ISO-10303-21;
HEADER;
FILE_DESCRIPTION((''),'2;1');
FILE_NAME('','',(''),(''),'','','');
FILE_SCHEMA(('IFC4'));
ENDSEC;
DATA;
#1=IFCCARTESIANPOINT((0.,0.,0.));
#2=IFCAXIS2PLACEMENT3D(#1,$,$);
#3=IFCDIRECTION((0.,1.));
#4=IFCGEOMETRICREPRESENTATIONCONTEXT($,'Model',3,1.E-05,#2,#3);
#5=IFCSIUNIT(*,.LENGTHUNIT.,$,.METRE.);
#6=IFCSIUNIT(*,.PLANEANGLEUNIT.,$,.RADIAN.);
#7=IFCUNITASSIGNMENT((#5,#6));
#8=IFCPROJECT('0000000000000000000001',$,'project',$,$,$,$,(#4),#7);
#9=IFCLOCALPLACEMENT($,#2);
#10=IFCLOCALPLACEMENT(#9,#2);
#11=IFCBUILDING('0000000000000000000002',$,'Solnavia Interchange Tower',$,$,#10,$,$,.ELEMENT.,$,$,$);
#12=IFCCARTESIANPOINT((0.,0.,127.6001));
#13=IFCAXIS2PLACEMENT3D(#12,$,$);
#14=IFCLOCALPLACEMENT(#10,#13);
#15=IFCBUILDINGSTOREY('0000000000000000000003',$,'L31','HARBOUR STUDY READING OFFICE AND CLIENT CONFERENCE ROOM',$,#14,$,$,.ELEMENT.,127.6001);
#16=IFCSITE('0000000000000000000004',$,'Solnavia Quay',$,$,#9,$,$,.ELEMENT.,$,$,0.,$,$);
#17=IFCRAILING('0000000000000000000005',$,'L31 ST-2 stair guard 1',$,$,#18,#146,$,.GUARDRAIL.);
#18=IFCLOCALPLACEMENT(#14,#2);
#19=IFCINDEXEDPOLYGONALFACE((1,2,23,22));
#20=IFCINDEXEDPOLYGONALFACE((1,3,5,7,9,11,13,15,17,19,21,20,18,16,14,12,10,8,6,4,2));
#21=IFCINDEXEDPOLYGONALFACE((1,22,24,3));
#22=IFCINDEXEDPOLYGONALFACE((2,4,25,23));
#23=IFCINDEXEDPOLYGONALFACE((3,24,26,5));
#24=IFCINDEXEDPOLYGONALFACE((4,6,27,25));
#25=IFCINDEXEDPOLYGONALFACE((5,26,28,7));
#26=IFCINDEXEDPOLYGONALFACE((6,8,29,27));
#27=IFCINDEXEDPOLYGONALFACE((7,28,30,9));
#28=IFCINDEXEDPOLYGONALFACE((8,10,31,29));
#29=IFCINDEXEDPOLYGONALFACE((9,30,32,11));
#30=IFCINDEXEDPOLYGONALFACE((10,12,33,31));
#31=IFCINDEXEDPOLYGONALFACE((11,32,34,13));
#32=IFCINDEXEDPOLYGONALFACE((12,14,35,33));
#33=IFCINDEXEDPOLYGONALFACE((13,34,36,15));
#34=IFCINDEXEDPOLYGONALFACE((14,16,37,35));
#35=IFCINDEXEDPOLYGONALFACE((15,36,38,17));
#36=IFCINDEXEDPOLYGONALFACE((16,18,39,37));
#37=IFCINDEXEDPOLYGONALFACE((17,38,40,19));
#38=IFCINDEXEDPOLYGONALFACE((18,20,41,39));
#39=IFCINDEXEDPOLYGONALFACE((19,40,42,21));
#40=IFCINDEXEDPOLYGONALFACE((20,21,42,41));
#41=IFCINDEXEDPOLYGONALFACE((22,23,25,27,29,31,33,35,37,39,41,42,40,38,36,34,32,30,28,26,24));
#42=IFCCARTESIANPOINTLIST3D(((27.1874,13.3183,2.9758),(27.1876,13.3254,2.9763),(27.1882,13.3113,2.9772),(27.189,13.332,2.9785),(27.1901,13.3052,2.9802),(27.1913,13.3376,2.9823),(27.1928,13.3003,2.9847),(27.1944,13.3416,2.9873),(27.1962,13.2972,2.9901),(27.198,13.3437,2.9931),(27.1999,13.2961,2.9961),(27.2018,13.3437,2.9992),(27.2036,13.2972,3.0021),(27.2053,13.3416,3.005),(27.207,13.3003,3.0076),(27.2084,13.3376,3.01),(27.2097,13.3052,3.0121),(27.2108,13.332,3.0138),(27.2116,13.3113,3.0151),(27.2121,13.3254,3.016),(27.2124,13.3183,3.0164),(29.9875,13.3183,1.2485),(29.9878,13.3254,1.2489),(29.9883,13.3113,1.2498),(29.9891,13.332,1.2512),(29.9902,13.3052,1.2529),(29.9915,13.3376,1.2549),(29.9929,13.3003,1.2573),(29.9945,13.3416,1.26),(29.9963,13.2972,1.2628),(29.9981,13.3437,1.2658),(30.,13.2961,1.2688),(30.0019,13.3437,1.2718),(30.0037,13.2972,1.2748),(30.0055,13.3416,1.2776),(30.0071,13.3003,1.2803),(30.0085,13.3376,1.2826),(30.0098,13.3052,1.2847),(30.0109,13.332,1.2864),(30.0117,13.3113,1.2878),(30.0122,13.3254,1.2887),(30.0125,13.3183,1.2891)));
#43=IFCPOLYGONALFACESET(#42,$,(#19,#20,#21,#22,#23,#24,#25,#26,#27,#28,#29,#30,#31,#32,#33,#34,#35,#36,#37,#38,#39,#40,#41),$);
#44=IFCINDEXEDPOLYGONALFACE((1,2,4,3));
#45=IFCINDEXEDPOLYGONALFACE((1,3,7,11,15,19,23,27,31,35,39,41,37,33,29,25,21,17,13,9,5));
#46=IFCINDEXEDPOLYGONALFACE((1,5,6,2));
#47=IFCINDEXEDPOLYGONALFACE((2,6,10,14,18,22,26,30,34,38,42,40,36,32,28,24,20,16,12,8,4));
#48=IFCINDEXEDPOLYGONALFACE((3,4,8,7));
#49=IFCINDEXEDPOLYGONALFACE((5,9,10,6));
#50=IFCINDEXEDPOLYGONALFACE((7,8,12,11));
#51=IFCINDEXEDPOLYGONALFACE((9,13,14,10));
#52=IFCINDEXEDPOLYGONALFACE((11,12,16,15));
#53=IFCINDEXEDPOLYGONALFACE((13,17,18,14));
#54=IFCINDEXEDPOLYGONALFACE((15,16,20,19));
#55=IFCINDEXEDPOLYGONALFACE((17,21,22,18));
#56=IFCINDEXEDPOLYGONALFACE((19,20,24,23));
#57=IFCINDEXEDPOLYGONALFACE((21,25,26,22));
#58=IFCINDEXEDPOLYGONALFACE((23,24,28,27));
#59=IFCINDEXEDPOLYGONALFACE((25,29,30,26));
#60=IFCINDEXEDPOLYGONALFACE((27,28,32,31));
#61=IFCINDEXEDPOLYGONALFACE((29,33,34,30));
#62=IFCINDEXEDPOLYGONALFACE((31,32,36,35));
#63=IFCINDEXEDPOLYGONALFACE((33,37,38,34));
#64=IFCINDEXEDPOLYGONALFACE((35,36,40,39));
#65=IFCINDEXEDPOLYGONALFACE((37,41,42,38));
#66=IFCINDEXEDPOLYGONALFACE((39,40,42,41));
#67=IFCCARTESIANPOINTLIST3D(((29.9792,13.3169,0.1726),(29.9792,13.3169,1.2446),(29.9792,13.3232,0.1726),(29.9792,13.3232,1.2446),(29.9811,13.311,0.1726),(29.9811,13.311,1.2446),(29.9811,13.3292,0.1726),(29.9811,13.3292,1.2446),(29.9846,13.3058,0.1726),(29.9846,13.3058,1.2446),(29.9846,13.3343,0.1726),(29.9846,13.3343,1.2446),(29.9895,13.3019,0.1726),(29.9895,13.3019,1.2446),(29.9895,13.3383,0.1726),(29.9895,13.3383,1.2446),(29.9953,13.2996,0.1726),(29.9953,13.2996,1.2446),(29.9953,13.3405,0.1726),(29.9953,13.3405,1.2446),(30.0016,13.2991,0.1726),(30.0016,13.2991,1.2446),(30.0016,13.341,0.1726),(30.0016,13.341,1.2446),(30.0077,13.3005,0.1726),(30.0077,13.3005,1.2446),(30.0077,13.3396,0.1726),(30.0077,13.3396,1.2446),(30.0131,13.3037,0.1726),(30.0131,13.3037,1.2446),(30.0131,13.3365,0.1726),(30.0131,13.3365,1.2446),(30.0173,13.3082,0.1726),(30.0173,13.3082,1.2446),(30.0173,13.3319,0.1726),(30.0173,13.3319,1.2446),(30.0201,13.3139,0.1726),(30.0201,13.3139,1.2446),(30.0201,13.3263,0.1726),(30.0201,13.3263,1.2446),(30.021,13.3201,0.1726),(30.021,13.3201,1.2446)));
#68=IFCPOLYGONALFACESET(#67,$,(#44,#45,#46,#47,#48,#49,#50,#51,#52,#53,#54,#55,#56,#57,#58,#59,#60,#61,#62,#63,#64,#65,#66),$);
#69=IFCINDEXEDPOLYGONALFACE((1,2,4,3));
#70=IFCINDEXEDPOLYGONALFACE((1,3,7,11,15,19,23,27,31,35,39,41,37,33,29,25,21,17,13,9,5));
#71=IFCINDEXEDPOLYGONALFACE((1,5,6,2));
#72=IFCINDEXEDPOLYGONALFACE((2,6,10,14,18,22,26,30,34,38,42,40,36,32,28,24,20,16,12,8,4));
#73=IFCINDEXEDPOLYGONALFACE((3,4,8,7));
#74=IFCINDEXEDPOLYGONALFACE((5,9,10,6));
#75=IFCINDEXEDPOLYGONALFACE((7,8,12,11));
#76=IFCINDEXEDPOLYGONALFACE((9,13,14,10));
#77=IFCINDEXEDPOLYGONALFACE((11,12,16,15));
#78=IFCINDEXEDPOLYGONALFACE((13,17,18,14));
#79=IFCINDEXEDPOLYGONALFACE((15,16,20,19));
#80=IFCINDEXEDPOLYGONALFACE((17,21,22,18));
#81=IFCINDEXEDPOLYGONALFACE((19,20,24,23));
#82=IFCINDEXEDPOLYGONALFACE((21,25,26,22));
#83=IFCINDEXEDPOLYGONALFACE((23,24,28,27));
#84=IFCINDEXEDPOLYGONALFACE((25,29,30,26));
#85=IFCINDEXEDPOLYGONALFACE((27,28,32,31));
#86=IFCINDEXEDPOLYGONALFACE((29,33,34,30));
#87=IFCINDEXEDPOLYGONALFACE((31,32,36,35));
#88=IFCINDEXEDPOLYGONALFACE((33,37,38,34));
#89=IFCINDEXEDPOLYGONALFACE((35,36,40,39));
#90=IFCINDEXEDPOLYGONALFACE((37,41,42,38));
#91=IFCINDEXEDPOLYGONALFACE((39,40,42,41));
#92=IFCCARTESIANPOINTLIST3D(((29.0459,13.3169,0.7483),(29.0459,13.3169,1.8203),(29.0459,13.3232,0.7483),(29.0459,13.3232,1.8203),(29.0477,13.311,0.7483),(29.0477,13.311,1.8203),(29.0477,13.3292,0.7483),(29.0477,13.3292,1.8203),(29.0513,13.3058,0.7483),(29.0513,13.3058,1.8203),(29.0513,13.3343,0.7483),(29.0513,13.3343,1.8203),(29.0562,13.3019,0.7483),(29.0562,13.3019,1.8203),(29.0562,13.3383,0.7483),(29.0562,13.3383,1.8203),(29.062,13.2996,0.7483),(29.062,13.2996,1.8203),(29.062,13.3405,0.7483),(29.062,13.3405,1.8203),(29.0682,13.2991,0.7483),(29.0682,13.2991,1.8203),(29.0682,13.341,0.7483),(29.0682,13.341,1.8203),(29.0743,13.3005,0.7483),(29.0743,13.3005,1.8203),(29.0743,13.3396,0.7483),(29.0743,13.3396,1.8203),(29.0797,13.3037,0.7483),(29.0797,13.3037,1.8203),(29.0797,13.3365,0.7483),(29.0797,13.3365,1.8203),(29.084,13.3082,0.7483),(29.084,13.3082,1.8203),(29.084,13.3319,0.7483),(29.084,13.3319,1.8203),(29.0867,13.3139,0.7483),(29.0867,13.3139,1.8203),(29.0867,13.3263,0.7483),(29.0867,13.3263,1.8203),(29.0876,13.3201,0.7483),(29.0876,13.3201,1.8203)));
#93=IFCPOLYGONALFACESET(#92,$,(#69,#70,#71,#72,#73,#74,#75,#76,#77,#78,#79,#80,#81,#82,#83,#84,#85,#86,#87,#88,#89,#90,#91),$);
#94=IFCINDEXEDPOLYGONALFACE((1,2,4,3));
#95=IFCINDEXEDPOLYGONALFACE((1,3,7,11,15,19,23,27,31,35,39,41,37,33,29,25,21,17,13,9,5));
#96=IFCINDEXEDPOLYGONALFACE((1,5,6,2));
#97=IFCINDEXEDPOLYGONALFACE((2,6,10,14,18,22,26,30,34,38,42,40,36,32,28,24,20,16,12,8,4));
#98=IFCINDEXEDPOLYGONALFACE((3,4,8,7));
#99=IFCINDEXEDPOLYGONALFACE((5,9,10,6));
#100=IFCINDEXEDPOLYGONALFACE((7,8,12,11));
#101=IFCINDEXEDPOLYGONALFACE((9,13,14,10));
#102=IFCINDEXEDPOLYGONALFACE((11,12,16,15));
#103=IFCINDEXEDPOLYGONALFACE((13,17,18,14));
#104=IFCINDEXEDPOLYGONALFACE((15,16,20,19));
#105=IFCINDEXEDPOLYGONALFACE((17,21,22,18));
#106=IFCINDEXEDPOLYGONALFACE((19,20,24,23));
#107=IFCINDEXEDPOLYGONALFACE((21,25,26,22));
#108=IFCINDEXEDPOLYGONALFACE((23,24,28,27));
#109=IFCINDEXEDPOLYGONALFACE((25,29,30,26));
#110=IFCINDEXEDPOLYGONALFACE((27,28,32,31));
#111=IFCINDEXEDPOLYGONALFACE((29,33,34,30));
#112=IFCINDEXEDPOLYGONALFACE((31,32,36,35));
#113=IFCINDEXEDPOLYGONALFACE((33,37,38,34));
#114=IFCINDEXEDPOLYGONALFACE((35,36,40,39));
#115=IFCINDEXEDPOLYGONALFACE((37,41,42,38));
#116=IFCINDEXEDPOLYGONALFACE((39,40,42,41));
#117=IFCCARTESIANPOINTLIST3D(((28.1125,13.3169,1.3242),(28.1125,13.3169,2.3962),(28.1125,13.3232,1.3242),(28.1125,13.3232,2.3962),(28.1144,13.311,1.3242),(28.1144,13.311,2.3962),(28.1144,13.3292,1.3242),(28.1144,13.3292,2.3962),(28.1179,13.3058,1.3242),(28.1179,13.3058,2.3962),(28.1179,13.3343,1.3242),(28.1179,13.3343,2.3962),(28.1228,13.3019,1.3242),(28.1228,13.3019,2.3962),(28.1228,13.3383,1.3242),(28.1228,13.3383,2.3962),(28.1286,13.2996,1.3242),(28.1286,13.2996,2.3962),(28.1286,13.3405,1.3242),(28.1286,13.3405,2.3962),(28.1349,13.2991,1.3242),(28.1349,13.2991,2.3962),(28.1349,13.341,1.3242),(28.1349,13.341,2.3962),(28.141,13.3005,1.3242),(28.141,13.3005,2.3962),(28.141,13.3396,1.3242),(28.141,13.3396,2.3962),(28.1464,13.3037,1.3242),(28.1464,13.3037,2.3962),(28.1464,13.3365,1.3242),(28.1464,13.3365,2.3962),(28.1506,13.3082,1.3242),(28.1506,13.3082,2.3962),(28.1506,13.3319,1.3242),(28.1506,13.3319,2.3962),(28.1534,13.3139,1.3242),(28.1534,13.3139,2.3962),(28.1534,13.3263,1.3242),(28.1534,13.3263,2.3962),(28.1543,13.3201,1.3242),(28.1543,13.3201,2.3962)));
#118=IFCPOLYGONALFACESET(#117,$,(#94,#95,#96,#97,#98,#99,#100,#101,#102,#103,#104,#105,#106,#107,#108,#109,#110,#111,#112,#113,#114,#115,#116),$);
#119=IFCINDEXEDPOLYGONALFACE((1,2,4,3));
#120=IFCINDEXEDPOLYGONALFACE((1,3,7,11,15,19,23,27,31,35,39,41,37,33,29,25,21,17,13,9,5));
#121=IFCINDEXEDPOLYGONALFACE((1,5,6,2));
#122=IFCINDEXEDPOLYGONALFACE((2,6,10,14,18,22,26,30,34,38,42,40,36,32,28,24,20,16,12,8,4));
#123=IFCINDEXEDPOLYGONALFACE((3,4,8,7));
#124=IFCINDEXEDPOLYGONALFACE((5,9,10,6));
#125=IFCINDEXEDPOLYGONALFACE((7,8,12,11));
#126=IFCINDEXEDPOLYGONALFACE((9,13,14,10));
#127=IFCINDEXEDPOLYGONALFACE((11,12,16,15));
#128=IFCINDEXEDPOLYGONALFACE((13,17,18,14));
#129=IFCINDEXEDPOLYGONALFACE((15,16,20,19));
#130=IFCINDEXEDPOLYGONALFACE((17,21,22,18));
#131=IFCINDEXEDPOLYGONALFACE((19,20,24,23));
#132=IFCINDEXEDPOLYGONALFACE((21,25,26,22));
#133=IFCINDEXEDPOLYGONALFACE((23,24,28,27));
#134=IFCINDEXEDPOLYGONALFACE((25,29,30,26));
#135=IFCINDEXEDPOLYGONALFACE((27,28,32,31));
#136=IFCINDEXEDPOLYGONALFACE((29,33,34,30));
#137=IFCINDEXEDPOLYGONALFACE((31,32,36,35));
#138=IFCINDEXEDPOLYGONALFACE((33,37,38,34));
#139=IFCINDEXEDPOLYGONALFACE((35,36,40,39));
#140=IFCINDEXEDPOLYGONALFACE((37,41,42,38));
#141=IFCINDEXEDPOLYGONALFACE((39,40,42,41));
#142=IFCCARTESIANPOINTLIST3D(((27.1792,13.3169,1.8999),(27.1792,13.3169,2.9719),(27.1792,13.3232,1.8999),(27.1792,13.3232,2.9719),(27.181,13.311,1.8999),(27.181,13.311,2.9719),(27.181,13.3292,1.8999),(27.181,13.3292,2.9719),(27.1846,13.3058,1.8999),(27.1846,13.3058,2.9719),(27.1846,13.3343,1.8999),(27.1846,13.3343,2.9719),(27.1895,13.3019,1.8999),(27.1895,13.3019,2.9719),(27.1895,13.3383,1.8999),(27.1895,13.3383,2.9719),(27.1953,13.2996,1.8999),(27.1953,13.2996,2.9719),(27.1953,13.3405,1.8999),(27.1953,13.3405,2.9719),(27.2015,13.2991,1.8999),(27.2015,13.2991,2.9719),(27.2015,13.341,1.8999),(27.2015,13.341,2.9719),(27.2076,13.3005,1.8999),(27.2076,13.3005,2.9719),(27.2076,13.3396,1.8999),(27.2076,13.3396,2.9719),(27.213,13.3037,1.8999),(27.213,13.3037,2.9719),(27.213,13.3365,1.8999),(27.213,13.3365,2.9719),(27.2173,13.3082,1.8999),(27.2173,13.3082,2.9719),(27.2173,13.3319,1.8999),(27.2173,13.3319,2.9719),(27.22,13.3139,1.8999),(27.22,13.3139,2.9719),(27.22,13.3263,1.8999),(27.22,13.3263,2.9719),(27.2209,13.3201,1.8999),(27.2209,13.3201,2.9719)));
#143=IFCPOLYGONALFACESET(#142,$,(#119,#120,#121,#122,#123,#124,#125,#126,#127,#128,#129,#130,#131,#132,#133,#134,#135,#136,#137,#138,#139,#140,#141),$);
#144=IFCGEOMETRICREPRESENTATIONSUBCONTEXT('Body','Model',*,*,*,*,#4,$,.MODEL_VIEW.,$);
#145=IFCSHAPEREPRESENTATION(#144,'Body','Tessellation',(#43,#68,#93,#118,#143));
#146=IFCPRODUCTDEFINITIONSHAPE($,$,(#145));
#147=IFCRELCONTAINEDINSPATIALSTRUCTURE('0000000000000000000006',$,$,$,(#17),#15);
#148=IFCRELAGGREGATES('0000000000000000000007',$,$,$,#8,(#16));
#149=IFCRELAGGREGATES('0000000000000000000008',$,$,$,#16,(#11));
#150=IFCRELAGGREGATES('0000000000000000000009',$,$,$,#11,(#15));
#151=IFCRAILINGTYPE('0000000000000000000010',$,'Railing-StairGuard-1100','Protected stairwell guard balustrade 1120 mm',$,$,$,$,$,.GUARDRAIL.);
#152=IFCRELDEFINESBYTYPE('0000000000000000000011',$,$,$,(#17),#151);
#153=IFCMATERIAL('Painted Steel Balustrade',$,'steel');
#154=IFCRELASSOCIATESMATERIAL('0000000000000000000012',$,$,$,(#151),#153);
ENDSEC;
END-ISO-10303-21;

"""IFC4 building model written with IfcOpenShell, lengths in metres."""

from ifc_helpers import new_model, si_unit, direction, frame, origin, origin_2d, place, context, subcontext, project, spatial, circle, extrude, material, type_object, element, save


model = new_model("IFC4")

# Units and contexts
model_context = context("Model", 3, precision=1e-05, world=origin(), true_north=direction((0.0, 1.0)))
body_context = subcontext(model_context, "Body", "Model", "MODEL_VIEW")
ifc_project = project(units=[si_unit("LENGTHUNIT", "METRE"), si_unit("PLANEANGLEUNIT", "RADIAN")], contexts=[model_context])

# Site, building, storey
site_placement = place(None, origin())
site = spatial("IfcSite", under=ifc_project, at=site_placement, Name="Solnavia Quay", CompositionType="ELEMENT", RefElevation=0.0)
building_placement = place(site_placement, origin())
building = spatial("IfcBuilding", under=site, at=building_placement, Name="Solnavia Interchange Tower", CompositionType="ELEMENT")
storey_placement = place(building_placement, frame((0.0, 0.0, 127.6001)))
storey = spatial("IfcBuildingStorey", under=building, at=storey_placement, Name="L31", Description="HARBOUR STUDY READING OFFICE AND CLIENT CONFERENCE ROOM", CompositionType="ELEMENT", Elevation=127.6001)

# Railing
ifc_material_1 = material(Name="Painted Steel Balustrade", Category="steel")
railing_type_1 = type_object("IfcRailingType", Name="Railing-StairGuard-1100", Description="Protected stairwell guard balustrade 1120 mm", PredefinedType="GUARDRAIL", material=ifc_material_1)
railing_1_placement = place(storey_placement, frame((30.0, 13.3201, 0.1726)))
element("IfcRailing", 1, at=railing_1_placement, inside=storey, type_object=railing_type_1, Name="L31 ST-2 stair guard 1", PredefinedType="GUARDRAIL", context=body_context, shape_type="SweptSolid", body=[
    extrude(circle(Radius=0.0239, at=origin_2d()), frame((0.0, 0.0, 1.0962), z_axis=(-0.85109, 0.0, 0.52502), x_axis=(0.0, -1.0, 0.0)), (0.0, 0.0, 1.0), 3.29),
    extrude(circle(Radius=0.021, at=origin_2d()), origin(), (0.0, 0.0, 1.0), 1.072),
    extrude(circle(Radius=0.021, at=origin_2d()), frame((-0.9333, 0.0, 0.5757)), (0.0, 0.0, 1.0), 1.072),
    extrude(circle(Radius=0.021, at=origin_2d()), frame((-1.8667, 0.0, 1.1516)), (0.0, 0.0, 1.0), 1.072),
    extrude(circle(Radius=0.021, at=origin_2d()), frame((-2.8, 0.0, 1.7273)), (0.0, 0.0, 1.0), 1.072),
])

save(model, "model.ifc")
